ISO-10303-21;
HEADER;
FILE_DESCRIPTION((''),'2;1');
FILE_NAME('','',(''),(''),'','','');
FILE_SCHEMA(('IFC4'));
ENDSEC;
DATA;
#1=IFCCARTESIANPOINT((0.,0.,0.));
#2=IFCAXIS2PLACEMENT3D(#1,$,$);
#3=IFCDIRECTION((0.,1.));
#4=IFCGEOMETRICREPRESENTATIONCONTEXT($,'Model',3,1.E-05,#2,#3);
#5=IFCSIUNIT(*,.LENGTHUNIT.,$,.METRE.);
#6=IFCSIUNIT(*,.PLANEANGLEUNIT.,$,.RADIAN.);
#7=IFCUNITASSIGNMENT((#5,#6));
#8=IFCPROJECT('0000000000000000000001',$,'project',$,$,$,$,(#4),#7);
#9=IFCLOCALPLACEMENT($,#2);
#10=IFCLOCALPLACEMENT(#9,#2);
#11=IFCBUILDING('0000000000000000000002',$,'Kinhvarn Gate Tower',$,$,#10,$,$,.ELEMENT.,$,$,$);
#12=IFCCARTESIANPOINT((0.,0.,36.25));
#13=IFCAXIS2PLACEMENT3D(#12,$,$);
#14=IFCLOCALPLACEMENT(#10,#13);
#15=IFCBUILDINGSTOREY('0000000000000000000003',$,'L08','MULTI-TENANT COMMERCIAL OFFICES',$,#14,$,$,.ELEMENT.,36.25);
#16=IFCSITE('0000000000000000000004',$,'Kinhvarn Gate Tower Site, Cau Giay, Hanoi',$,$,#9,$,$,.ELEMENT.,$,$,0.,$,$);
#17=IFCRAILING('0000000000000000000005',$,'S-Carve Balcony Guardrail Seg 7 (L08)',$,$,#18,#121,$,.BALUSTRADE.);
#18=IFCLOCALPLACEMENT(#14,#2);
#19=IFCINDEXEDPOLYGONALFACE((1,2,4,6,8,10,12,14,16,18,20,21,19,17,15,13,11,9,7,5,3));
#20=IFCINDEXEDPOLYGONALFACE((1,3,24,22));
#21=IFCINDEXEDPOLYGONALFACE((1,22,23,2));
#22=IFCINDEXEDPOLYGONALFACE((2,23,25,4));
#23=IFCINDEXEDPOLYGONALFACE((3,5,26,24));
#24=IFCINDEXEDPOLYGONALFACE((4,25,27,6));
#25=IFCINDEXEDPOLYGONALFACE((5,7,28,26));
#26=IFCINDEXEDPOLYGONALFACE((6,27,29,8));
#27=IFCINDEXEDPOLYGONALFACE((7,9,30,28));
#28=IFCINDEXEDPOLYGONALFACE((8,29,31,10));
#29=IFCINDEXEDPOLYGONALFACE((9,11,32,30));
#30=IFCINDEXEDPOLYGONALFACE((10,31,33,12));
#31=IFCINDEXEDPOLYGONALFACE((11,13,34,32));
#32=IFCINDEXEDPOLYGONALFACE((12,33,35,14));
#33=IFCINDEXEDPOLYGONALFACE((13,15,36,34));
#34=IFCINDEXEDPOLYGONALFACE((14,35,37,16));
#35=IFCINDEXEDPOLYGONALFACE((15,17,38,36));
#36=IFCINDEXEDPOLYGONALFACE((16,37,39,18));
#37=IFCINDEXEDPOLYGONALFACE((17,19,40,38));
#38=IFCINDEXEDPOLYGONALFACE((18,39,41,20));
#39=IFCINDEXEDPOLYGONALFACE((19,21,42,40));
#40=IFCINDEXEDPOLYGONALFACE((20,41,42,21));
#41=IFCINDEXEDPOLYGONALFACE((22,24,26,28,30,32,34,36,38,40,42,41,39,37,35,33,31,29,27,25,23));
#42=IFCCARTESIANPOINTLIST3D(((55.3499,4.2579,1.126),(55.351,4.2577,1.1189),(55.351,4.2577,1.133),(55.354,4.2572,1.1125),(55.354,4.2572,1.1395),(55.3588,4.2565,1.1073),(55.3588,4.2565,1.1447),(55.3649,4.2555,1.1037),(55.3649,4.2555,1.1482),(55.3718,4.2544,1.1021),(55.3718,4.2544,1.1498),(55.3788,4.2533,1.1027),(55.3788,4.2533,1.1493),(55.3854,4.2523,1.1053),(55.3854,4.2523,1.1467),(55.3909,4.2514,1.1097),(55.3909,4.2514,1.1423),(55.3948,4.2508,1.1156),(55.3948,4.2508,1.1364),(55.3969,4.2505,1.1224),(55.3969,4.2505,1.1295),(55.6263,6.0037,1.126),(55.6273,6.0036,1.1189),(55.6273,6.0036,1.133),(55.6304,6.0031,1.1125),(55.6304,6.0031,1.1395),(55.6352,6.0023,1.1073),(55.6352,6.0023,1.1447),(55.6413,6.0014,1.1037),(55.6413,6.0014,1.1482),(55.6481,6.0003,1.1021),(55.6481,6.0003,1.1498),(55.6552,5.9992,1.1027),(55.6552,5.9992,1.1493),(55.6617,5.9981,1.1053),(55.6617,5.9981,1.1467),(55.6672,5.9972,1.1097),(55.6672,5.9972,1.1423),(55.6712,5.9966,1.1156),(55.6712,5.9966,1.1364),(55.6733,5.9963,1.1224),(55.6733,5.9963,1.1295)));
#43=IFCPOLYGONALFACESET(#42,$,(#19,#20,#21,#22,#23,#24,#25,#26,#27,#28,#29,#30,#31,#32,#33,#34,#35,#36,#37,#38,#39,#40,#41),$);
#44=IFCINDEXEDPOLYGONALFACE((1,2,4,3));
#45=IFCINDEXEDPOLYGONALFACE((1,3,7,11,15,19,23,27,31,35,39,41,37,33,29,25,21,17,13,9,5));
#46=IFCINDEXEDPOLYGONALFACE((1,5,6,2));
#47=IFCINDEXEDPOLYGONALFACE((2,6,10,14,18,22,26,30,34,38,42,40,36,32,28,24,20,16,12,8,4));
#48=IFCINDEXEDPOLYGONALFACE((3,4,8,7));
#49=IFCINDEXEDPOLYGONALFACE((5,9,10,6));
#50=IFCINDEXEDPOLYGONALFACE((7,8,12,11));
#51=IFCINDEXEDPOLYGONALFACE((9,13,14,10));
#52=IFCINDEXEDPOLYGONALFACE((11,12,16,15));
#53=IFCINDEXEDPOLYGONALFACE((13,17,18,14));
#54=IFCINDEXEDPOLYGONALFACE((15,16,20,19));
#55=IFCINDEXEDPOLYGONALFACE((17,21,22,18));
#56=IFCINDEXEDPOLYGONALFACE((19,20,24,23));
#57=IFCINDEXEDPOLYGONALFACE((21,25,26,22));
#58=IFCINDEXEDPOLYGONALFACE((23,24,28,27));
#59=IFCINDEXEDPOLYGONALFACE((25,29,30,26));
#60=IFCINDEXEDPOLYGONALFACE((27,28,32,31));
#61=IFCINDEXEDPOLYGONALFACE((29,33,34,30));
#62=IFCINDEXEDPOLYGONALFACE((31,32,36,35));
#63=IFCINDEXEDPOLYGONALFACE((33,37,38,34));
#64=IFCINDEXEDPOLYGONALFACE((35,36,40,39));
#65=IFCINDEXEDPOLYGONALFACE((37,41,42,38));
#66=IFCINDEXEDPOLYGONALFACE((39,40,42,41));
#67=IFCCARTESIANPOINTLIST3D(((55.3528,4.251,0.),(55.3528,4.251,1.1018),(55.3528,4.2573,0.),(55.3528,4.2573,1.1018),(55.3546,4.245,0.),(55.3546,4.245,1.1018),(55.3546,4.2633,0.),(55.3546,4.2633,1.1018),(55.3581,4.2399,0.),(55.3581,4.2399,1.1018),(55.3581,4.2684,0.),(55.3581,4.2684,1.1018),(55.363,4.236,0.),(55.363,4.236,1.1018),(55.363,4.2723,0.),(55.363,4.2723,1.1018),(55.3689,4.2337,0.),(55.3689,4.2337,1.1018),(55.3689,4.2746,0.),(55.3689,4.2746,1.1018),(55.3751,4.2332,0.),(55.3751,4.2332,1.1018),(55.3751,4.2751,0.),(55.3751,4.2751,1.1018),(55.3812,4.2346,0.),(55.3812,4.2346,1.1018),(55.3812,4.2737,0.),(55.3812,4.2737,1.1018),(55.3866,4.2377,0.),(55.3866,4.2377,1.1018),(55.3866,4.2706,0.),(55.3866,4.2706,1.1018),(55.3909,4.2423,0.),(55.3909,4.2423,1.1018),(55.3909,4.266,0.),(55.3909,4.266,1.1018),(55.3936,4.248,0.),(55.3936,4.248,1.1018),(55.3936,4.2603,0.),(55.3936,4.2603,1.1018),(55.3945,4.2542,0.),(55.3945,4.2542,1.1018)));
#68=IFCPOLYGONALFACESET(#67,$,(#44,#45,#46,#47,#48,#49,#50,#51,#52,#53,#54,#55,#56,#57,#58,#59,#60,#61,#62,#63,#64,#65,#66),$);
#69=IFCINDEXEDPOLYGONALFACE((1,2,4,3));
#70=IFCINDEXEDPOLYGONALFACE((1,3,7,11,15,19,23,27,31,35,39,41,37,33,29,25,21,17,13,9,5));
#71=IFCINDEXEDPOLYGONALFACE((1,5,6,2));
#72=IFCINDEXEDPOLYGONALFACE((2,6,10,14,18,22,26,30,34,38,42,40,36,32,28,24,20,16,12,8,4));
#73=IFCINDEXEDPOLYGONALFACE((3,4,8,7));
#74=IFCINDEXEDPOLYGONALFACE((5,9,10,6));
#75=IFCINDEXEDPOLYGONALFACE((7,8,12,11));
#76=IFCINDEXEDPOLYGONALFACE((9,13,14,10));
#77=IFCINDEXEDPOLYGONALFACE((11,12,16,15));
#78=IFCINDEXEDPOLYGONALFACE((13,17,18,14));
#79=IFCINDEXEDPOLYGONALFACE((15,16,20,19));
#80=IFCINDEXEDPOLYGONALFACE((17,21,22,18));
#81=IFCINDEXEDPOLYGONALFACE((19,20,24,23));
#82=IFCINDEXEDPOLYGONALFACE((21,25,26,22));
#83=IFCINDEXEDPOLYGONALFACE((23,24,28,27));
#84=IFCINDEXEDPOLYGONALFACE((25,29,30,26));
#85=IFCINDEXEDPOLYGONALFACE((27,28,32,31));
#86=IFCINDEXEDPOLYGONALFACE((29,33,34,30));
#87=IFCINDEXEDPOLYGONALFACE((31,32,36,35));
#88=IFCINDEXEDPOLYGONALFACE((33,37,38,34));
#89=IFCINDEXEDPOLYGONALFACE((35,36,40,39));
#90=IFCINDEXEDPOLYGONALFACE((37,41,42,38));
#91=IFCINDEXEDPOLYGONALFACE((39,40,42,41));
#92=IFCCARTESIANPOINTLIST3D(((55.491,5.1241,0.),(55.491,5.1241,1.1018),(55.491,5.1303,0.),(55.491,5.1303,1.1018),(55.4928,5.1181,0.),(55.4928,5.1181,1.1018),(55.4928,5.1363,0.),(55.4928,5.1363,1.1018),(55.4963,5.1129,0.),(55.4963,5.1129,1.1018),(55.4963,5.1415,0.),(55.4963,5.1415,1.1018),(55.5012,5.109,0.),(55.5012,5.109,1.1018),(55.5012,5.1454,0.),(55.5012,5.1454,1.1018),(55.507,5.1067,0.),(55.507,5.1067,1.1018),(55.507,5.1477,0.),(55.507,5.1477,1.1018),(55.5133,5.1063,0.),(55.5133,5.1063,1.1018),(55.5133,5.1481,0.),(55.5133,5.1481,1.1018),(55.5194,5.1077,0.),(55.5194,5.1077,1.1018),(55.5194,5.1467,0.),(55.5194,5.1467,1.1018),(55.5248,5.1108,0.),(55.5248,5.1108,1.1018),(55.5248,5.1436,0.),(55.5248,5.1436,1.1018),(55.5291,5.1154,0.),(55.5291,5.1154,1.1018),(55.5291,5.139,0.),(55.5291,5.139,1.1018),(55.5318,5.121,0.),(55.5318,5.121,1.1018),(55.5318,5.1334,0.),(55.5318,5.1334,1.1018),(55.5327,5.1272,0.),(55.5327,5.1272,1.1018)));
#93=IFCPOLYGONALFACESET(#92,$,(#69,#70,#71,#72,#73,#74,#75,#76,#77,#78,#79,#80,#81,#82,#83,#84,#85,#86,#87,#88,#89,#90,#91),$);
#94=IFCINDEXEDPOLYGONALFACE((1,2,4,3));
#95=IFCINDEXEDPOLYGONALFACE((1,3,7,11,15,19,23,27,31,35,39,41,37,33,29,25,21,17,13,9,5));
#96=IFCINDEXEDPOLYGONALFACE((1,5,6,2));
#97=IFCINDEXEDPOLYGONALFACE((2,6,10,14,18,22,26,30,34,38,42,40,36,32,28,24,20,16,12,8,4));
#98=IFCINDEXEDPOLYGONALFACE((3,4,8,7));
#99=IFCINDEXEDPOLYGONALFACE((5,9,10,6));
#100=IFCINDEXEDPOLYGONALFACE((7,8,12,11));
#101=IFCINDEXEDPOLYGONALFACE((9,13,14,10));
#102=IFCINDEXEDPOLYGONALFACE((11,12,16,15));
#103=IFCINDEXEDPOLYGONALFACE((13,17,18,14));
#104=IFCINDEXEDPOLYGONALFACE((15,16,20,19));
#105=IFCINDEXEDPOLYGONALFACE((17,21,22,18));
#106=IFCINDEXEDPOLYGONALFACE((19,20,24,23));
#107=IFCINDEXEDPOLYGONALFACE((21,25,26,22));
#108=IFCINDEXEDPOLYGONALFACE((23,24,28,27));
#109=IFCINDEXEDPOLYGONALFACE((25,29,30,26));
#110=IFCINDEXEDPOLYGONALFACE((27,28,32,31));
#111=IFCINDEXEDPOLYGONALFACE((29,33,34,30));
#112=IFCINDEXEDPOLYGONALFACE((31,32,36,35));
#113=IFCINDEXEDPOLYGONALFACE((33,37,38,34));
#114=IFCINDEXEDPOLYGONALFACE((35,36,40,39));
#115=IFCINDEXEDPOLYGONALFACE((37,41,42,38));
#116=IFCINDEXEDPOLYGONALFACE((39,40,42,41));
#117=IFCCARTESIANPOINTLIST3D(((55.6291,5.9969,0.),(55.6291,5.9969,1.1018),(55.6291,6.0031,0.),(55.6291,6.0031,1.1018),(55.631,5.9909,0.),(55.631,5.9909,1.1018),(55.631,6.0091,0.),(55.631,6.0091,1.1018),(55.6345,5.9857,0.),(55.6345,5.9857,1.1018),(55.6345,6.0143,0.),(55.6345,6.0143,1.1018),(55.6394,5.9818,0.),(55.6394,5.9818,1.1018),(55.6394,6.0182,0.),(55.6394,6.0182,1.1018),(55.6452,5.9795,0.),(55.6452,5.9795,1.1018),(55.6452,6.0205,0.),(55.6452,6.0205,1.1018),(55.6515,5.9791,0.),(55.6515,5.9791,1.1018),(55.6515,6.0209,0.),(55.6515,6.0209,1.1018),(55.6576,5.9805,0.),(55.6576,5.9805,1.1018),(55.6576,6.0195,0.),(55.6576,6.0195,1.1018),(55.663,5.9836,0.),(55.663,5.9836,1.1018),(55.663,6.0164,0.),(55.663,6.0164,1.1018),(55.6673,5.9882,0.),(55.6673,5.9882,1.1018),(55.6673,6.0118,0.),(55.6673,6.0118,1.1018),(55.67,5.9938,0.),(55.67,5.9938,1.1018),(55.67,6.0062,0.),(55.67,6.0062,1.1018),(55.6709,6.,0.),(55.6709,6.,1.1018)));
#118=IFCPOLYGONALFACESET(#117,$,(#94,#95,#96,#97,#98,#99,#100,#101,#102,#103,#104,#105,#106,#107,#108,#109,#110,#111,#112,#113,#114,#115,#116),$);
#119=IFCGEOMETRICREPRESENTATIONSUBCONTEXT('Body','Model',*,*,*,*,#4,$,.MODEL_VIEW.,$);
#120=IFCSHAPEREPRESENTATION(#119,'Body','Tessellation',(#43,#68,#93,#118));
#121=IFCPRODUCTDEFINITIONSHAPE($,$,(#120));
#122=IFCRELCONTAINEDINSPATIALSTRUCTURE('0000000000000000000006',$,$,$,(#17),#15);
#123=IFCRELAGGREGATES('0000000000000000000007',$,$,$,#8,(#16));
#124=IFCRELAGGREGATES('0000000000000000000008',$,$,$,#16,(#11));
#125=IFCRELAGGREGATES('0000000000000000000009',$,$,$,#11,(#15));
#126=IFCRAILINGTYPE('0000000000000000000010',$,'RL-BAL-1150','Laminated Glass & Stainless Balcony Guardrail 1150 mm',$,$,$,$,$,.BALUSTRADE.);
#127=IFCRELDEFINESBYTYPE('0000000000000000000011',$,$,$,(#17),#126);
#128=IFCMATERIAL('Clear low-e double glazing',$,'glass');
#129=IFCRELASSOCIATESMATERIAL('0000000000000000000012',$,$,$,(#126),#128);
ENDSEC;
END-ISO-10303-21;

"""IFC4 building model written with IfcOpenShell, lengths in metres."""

from ifc_helpers import new_model, si_unit, direction, frame, origin, origin_2d, place, context, subcontext, project, spatial, circle, extrude, material, type_object, element, save


model = new_model("IFC4")

# Units and contexts
model_context = context("Model", 3, precision=1e-05, world=origin(), true_north=direction((0.0, 1.0)))
body_context = subcontext(model_context, "Body", "Model", "MODEL_VIEW")
ifc_project = project(units=[si_unit("LENGTHUNIT", "METRE"), si_unit("PLANEANGLEUNIT", "RADIAN")], contexts=[model_context])

# Site, building, storey
site_placement = place(None, origin())
site = spatial("IfcSite", under=ifc_project, at=site_placement, Name="Kinhvarn Gate Tower Site, Cau Giay, Hanoi", CompositionType="ELEMENT", RefElevation=0.0)
building_placement = place(site_placement, origin())
building = spatial("IfcBuilding", under=site, at=building_placement, Name="Kinhvarn Gate Tower", CompositionType="ELEMENT")
storey_placement = place(building_placement, frame((0.0, 0.0, 36.25)))
storey = spatial("IfcBuildingStorey", under=building, at=storey_placement, Name="L08", Description="MULTI-TENANT COMMERCIAL OFFICES", CompositionType="ELEMENT", Elevation=36.25)

# Shared definitions
ifc_material_1 = material(Name="Clear low-e double glazing", Category="glass")

# Railing
railing_type = type_object("IfcRailingType", Name="RL-BAL-1150", Description="Laminated Glass & Stainless Balcony Guardrail 1150 mm", PredefinedType="BALUSTRADE", material=ifc_material_1)
railing_1_placement = place(storey_placement, frame((55.3735, 4.2542, 0.0)))
element("IfcRailing", 1, at=railing_1_placement, inside=storey, type_object=railing_type, Name="S-Carve Balcony Guardrail Seg 7 (L08)", PredefinedType="BALUSTRADE", context=body_context, shape_type="SweptSolid", body=[
    extrude(circle(Radius=0.0239, at=origin_2d()), frame((0.0, 0.0, 1.126), z_axis=(0.156353, 0.987701, 0.0), x_axis=(-0.987701, 0.156353, 0.0)), (0.0, 0.0, 1.0), 1.7676),
    extrude(circle(Radius=0.021, at=origin_2d()), origin(), (0.0, 0.0, 1.0), 1.1018),
    extrude(circle(Radius=0.021, at=origin_2d()), frame((0.1382, 0.873, 0.0)), (0.0, 0.0, 1.0), 1.1018),
    extrude(circle(Radius=0.021, at=origin_2d()), frame((0.2764, 1.7458, 0.0)), (0.0, 0.0, 1.0), 1.1018),
])

save(model, "model.ifc")
